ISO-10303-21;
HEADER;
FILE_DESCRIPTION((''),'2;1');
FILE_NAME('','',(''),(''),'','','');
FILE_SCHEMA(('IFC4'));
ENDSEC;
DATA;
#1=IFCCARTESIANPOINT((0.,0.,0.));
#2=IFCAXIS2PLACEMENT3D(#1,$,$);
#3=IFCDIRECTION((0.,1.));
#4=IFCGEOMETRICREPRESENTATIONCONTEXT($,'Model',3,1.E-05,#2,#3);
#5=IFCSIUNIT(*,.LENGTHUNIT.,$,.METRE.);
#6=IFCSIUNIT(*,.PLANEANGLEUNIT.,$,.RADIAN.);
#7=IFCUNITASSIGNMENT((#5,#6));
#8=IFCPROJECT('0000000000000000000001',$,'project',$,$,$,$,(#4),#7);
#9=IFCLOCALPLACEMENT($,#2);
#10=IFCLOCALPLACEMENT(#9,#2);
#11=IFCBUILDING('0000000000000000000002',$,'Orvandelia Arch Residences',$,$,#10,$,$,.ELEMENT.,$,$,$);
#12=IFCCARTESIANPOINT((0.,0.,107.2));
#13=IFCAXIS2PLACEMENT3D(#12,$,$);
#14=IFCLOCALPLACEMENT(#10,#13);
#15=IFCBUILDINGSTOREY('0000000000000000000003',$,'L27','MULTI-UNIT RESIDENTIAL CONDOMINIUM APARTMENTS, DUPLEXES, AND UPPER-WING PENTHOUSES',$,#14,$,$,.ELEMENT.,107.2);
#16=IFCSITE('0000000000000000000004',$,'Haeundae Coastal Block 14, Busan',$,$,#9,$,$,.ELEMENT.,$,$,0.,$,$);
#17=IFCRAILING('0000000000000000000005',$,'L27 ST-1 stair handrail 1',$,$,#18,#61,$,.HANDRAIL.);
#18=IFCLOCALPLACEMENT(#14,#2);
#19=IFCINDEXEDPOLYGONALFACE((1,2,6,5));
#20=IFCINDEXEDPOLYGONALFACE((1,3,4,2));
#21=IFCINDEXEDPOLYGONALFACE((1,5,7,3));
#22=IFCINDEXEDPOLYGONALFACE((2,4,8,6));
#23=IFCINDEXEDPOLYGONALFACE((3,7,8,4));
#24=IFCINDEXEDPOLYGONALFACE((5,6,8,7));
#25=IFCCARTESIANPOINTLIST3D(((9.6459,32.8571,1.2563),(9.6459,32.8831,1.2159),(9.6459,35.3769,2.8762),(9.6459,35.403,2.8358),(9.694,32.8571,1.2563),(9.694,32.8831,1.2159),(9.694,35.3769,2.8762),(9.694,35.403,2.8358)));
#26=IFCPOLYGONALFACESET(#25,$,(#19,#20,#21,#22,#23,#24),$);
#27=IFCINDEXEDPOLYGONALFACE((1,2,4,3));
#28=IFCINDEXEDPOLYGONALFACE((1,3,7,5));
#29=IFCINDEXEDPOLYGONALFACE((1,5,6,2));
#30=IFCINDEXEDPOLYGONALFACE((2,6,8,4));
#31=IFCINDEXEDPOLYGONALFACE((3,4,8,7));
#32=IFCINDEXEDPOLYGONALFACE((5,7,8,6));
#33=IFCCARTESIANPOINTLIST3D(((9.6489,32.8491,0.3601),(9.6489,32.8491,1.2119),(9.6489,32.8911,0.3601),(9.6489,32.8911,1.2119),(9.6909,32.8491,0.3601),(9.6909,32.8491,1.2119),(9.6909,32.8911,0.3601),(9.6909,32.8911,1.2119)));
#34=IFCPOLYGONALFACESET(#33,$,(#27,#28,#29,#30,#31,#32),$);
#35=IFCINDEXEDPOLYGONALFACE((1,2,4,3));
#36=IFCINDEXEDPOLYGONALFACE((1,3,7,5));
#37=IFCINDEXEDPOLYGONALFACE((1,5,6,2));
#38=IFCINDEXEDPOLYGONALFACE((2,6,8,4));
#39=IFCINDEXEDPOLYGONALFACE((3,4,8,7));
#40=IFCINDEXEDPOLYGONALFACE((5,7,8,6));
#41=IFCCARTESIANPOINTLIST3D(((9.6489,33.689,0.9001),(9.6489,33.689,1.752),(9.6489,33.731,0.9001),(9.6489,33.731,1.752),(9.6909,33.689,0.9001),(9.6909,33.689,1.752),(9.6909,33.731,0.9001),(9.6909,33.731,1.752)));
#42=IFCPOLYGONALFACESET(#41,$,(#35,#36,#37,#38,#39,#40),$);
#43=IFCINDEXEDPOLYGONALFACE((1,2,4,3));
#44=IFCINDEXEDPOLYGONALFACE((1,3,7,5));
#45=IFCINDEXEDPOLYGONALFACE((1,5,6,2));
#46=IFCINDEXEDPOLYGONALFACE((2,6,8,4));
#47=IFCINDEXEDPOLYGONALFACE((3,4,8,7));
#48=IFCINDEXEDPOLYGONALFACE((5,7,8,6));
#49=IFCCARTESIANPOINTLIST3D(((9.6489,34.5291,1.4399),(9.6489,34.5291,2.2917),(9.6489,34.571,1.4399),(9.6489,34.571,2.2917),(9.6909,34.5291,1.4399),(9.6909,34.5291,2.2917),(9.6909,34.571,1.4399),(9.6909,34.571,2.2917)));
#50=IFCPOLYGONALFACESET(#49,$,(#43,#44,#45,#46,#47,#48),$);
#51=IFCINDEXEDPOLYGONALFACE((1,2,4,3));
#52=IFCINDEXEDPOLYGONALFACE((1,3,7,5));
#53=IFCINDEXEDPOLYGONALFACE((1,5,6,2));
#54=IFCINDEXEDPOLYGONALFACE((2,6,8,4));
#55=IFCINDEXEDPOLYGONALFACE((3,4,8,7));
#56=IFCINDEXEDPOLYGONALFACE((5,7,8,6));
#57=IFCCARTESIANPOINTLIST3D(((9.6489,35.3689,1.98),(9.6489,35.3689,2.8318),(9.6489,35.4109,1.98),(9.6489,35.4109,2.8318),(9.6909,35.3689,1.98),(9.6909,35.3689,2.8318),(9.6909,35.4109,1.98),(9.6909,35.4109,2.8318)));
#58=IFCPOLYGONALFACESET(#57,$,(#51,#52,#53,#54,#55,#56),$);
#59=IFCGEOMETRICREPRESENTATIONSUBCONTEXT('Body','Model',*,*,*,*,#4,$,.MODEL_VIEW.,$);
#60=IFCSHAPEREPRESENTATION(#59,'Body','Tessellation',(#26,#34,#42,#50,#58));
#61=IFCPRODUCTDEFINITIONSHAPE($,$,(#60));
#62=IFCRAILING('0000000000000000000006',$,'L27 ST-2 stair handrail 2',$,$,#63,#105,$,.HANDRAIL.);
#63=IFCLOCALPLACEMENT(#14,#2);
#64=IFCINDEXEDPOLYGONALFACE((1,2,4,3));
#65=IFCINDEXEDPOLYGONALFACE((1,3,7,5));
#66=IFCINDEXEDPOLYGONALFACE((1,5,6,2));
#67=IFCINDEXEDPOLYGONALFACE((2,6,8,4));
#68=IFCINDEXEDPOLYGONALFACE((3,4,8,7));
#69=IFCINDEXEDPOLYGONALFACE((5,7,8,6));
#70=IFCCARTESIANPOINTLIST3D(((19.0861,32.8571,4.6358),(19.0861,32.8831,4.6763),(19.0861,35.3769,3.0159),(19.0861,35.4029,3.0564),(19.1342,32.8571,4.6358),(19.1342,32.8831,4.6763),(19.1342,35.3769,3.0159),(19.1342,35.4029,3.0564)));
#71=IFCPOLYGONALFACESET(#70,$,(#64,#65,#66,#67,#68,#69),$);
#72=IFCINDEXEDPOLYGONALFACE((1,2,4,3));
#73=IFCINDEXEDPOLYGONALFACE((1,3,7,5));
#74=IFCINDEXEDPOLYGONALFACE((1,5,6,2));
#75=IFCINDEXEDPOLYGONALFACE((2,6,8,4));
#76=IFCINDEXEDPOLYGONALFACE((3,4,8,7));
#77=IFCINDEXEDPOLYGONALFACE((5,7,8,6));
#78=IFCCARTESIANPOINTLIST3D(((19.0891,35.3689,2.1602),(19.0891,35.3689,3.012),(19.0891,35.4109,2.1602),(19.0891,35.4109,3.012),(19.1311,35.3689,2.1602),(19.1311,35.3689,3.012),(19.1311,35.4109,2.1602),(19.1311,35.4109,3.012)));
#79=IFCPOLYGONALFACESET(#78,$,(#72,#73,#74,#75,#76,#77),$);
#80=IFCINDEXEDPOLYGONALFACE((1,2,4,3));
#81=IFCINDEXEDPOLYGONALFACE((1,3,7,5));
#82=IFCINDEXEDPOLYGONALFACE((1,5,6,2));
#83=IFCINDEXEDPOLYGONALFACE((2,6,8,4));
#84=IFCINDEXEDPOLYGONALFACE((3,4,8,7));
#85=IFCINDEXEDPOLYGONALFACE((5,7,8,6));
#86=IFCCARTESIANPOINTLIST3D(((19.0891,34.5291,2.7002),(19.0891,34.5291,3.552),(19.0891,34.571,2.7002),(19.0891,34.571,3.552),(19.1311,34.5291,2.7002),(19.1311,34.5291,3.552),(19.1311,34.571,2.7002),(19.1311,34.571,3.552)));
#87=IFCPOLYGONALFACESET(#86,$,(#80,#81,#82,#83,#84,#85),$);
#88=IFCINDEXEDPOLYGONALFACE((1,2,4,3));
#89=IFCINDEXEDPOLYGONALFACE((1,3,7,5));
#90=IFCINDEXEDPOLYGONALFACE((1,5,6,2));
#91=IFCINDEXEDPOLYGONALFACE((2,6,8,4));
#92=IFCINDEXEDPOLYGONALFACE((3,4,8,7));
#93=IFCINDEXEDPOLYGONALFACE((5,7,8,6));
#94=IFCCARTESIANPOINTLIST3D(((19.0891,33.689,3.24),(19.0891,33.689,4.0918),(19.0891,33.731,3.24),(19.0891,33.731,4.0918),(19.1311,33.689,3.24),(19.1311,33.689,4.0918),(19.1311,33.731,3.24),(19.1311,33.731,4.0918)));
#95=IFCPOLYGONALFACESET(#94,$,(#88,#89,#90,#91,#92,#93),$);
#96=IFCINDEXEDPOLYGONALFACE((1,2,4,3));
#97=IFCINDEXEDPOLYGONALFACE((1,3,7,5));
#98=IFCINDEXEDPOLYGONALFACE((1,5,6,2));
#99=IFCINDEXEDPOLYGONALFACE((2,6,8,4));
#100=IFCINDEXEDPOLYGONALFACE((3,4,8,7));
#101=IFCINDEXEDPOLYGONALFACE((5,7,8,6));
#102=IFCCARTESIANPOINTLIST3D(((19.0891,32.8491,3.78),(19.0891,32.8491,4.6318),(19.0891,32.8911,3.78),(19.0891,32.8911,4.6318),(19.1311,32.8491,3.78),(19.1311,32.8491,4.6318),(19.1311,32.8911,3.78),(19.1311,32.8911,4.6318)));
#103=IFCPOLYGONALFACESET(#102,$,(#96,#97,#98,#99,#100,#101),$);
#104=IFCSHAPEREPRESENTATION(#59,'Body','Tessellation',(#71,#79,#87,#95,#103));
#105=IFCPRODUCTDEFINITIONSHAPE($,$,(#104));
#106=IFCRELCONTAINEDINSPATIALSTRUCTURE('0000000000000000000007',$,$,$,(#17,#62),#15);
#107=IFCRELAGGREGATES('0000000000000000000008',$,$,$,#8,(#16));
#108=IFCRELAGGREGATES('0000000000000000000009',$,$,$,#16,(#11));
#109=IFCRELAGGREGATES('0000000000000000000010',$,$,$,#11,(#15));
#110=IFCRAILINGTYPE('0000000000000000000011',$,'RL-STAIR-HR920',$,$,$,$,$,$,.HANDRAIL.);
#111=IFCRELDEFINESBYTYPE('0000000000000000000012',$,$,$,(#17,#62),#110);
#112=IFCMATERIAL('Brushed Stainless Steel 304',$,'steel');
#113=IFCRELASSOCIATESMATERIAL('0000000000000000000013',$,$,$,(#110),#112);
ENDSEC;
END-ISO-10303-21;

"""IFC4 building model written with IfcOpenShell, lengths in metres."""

from ifc_helpers import new_model, si_unit, direction, frame, origin, origin_2d, place, context, subcontext, project, spatial, rectangle, extrude, material, type_object, element, save


model = new_model("IFC4")

# Units and contexts
model_context = context("Model", 3, precision=1e-05, world=origin(), true_north=direction((0.0, 1.0)))
body_context = subcontext(model_context, "Body", "Model", "MODEL_VIEW")
ifc_project = project(units=[si_unit("LENGTHUNIT", "METRE"), si_unit("PLANEANGLEUNIT", "RADIAN")], contexts=[model_context])

# Site, building, storey
site_placement = place(None, origin())
site = spatial("IfcSite", under=ifc_project, at=site_placement, Name="Haeundae Coastal Block 14, Busan", CompositionType="ELEMENT", RefElevation=0.0)
building_placement = place(site_placement, origin())
building = spatial("IfcBuilding", under=site, at=building_placement, Name="Orvandelia Arch Residences", CompositionType="ELEMENT")
storey_placement = place(building_placement, frame((0.0, 0.0, 107.2)))
storey = spatial("IfcBuildingStorey", under=building, at=storey_placement, Name="L27", Description="MULTI-UNIT RESIDENTIAL CONDOMINIUM APARTMENTS, DUPLEXES, AND UPPER-WING PENTHOUSES", CompositionType="ELEMENT", Elevation=107.2)

# Railings
ifc_material_1 = material(Name="Brushed Stainless Steel 304", Category="steel")
railing_type_1 = type_object("IfcRailingType", Name="RL-STAIR-HR920", PredefinedType="HANDRAIL", material=ifc_material_1)
railing_1_placement = place(storey_placement, frame((9.6699, 32.8701, 0.3601)))
element("IfcRailing", 1, at=railing_1_placement, inside=storey, type_object=railing_type_1, Name="L27 ST-1 stair handrail 1", PredefinedType="HANDRAIL", context=body_context, shape_type="SweptSolid", body=[
    extrude(rectangle(XDim=0.0481, YDim=0.0481, at=origin_2d()), frame((0.0, 0.0, 0.876), z_axis=(0.0, 0.841176, 0.540762), x_axis=(-1.0, 0.0, 0.0)), (0.0, 0.0, 1.0), 2.9956),
    extrude(rectangle(XDim=0.042, YDim=0.042, at=origin_2d()), origin(), (0.0, 0.0, 1.0), 0.8518),
    extrude(rectangle(XDim=0.042, YDim=0.042, at=origin_2d()), frame((0.0, 0.8398, 0.54)), (0.0, 0.0, 1.0), 0.8518),
    extrude(rectangle(XDim=0.042, YDim=0.042, at=origin_2d()), frame((0.0, 1.6799, 1.0798)), (0.0, 0.0, 1.0), 0.8518),
    extrude(rectangle(XDim=0.042, YDim=0.042, at=origin_2d()), frame((0.0, 2.5198, 1.6199)), (0.0, 0.0, 1.0), 0.8518),
])
railing_2_placement = place(storey_placement, frame((19.1101, 35.3899, 2.1602)))
element("IfcRailing", 2, at=railing_2_placement, inside=storey, type_object=railing_type_1, Name="L27 ST-2 stair handrail 2", PredefinedType="HANDRAIL", context=body_context, shape_type="SweptSolid", body=[
    extrude(rectangle(XDim=0.0481, YDim=0.0481, at=origin_2d()), frame((0.0, 0.0, 0.876), z_axis=(0.0, -0.841176, 0.540762), x_axis=(1.0, 0.0, 0.0)), (0.0, 0.0, 1.0), 2.9956),
    extrude(rectangle(XDim=0.042, YDim=0.042, at=origin_2d()), origin(), (0.0, 0.0, 1.0), 0.8518),
    extrude(rectangle(XDim=0.042, YDim=0.042, at=origin_2d()), frame((0.0, -0.8398, 0.54)), (0.0, 0.0, 1.0), 0.8518),
    extrude(rectangle(XDim=0.042, YDim=0.042, at=origin_2d()), frame((0.0, -1.6799, 1.0798)), (0.0, 0.0, 1.0), 0.8518),
    extrude(rectangle(XDim=0.042, YDim=0.042, at=origin_2d()), frame((0.0, -2.5198, 1.6199)), (0.0, 0.0, 1.0), 0.8518),
])

save(model, "model.ifc")
